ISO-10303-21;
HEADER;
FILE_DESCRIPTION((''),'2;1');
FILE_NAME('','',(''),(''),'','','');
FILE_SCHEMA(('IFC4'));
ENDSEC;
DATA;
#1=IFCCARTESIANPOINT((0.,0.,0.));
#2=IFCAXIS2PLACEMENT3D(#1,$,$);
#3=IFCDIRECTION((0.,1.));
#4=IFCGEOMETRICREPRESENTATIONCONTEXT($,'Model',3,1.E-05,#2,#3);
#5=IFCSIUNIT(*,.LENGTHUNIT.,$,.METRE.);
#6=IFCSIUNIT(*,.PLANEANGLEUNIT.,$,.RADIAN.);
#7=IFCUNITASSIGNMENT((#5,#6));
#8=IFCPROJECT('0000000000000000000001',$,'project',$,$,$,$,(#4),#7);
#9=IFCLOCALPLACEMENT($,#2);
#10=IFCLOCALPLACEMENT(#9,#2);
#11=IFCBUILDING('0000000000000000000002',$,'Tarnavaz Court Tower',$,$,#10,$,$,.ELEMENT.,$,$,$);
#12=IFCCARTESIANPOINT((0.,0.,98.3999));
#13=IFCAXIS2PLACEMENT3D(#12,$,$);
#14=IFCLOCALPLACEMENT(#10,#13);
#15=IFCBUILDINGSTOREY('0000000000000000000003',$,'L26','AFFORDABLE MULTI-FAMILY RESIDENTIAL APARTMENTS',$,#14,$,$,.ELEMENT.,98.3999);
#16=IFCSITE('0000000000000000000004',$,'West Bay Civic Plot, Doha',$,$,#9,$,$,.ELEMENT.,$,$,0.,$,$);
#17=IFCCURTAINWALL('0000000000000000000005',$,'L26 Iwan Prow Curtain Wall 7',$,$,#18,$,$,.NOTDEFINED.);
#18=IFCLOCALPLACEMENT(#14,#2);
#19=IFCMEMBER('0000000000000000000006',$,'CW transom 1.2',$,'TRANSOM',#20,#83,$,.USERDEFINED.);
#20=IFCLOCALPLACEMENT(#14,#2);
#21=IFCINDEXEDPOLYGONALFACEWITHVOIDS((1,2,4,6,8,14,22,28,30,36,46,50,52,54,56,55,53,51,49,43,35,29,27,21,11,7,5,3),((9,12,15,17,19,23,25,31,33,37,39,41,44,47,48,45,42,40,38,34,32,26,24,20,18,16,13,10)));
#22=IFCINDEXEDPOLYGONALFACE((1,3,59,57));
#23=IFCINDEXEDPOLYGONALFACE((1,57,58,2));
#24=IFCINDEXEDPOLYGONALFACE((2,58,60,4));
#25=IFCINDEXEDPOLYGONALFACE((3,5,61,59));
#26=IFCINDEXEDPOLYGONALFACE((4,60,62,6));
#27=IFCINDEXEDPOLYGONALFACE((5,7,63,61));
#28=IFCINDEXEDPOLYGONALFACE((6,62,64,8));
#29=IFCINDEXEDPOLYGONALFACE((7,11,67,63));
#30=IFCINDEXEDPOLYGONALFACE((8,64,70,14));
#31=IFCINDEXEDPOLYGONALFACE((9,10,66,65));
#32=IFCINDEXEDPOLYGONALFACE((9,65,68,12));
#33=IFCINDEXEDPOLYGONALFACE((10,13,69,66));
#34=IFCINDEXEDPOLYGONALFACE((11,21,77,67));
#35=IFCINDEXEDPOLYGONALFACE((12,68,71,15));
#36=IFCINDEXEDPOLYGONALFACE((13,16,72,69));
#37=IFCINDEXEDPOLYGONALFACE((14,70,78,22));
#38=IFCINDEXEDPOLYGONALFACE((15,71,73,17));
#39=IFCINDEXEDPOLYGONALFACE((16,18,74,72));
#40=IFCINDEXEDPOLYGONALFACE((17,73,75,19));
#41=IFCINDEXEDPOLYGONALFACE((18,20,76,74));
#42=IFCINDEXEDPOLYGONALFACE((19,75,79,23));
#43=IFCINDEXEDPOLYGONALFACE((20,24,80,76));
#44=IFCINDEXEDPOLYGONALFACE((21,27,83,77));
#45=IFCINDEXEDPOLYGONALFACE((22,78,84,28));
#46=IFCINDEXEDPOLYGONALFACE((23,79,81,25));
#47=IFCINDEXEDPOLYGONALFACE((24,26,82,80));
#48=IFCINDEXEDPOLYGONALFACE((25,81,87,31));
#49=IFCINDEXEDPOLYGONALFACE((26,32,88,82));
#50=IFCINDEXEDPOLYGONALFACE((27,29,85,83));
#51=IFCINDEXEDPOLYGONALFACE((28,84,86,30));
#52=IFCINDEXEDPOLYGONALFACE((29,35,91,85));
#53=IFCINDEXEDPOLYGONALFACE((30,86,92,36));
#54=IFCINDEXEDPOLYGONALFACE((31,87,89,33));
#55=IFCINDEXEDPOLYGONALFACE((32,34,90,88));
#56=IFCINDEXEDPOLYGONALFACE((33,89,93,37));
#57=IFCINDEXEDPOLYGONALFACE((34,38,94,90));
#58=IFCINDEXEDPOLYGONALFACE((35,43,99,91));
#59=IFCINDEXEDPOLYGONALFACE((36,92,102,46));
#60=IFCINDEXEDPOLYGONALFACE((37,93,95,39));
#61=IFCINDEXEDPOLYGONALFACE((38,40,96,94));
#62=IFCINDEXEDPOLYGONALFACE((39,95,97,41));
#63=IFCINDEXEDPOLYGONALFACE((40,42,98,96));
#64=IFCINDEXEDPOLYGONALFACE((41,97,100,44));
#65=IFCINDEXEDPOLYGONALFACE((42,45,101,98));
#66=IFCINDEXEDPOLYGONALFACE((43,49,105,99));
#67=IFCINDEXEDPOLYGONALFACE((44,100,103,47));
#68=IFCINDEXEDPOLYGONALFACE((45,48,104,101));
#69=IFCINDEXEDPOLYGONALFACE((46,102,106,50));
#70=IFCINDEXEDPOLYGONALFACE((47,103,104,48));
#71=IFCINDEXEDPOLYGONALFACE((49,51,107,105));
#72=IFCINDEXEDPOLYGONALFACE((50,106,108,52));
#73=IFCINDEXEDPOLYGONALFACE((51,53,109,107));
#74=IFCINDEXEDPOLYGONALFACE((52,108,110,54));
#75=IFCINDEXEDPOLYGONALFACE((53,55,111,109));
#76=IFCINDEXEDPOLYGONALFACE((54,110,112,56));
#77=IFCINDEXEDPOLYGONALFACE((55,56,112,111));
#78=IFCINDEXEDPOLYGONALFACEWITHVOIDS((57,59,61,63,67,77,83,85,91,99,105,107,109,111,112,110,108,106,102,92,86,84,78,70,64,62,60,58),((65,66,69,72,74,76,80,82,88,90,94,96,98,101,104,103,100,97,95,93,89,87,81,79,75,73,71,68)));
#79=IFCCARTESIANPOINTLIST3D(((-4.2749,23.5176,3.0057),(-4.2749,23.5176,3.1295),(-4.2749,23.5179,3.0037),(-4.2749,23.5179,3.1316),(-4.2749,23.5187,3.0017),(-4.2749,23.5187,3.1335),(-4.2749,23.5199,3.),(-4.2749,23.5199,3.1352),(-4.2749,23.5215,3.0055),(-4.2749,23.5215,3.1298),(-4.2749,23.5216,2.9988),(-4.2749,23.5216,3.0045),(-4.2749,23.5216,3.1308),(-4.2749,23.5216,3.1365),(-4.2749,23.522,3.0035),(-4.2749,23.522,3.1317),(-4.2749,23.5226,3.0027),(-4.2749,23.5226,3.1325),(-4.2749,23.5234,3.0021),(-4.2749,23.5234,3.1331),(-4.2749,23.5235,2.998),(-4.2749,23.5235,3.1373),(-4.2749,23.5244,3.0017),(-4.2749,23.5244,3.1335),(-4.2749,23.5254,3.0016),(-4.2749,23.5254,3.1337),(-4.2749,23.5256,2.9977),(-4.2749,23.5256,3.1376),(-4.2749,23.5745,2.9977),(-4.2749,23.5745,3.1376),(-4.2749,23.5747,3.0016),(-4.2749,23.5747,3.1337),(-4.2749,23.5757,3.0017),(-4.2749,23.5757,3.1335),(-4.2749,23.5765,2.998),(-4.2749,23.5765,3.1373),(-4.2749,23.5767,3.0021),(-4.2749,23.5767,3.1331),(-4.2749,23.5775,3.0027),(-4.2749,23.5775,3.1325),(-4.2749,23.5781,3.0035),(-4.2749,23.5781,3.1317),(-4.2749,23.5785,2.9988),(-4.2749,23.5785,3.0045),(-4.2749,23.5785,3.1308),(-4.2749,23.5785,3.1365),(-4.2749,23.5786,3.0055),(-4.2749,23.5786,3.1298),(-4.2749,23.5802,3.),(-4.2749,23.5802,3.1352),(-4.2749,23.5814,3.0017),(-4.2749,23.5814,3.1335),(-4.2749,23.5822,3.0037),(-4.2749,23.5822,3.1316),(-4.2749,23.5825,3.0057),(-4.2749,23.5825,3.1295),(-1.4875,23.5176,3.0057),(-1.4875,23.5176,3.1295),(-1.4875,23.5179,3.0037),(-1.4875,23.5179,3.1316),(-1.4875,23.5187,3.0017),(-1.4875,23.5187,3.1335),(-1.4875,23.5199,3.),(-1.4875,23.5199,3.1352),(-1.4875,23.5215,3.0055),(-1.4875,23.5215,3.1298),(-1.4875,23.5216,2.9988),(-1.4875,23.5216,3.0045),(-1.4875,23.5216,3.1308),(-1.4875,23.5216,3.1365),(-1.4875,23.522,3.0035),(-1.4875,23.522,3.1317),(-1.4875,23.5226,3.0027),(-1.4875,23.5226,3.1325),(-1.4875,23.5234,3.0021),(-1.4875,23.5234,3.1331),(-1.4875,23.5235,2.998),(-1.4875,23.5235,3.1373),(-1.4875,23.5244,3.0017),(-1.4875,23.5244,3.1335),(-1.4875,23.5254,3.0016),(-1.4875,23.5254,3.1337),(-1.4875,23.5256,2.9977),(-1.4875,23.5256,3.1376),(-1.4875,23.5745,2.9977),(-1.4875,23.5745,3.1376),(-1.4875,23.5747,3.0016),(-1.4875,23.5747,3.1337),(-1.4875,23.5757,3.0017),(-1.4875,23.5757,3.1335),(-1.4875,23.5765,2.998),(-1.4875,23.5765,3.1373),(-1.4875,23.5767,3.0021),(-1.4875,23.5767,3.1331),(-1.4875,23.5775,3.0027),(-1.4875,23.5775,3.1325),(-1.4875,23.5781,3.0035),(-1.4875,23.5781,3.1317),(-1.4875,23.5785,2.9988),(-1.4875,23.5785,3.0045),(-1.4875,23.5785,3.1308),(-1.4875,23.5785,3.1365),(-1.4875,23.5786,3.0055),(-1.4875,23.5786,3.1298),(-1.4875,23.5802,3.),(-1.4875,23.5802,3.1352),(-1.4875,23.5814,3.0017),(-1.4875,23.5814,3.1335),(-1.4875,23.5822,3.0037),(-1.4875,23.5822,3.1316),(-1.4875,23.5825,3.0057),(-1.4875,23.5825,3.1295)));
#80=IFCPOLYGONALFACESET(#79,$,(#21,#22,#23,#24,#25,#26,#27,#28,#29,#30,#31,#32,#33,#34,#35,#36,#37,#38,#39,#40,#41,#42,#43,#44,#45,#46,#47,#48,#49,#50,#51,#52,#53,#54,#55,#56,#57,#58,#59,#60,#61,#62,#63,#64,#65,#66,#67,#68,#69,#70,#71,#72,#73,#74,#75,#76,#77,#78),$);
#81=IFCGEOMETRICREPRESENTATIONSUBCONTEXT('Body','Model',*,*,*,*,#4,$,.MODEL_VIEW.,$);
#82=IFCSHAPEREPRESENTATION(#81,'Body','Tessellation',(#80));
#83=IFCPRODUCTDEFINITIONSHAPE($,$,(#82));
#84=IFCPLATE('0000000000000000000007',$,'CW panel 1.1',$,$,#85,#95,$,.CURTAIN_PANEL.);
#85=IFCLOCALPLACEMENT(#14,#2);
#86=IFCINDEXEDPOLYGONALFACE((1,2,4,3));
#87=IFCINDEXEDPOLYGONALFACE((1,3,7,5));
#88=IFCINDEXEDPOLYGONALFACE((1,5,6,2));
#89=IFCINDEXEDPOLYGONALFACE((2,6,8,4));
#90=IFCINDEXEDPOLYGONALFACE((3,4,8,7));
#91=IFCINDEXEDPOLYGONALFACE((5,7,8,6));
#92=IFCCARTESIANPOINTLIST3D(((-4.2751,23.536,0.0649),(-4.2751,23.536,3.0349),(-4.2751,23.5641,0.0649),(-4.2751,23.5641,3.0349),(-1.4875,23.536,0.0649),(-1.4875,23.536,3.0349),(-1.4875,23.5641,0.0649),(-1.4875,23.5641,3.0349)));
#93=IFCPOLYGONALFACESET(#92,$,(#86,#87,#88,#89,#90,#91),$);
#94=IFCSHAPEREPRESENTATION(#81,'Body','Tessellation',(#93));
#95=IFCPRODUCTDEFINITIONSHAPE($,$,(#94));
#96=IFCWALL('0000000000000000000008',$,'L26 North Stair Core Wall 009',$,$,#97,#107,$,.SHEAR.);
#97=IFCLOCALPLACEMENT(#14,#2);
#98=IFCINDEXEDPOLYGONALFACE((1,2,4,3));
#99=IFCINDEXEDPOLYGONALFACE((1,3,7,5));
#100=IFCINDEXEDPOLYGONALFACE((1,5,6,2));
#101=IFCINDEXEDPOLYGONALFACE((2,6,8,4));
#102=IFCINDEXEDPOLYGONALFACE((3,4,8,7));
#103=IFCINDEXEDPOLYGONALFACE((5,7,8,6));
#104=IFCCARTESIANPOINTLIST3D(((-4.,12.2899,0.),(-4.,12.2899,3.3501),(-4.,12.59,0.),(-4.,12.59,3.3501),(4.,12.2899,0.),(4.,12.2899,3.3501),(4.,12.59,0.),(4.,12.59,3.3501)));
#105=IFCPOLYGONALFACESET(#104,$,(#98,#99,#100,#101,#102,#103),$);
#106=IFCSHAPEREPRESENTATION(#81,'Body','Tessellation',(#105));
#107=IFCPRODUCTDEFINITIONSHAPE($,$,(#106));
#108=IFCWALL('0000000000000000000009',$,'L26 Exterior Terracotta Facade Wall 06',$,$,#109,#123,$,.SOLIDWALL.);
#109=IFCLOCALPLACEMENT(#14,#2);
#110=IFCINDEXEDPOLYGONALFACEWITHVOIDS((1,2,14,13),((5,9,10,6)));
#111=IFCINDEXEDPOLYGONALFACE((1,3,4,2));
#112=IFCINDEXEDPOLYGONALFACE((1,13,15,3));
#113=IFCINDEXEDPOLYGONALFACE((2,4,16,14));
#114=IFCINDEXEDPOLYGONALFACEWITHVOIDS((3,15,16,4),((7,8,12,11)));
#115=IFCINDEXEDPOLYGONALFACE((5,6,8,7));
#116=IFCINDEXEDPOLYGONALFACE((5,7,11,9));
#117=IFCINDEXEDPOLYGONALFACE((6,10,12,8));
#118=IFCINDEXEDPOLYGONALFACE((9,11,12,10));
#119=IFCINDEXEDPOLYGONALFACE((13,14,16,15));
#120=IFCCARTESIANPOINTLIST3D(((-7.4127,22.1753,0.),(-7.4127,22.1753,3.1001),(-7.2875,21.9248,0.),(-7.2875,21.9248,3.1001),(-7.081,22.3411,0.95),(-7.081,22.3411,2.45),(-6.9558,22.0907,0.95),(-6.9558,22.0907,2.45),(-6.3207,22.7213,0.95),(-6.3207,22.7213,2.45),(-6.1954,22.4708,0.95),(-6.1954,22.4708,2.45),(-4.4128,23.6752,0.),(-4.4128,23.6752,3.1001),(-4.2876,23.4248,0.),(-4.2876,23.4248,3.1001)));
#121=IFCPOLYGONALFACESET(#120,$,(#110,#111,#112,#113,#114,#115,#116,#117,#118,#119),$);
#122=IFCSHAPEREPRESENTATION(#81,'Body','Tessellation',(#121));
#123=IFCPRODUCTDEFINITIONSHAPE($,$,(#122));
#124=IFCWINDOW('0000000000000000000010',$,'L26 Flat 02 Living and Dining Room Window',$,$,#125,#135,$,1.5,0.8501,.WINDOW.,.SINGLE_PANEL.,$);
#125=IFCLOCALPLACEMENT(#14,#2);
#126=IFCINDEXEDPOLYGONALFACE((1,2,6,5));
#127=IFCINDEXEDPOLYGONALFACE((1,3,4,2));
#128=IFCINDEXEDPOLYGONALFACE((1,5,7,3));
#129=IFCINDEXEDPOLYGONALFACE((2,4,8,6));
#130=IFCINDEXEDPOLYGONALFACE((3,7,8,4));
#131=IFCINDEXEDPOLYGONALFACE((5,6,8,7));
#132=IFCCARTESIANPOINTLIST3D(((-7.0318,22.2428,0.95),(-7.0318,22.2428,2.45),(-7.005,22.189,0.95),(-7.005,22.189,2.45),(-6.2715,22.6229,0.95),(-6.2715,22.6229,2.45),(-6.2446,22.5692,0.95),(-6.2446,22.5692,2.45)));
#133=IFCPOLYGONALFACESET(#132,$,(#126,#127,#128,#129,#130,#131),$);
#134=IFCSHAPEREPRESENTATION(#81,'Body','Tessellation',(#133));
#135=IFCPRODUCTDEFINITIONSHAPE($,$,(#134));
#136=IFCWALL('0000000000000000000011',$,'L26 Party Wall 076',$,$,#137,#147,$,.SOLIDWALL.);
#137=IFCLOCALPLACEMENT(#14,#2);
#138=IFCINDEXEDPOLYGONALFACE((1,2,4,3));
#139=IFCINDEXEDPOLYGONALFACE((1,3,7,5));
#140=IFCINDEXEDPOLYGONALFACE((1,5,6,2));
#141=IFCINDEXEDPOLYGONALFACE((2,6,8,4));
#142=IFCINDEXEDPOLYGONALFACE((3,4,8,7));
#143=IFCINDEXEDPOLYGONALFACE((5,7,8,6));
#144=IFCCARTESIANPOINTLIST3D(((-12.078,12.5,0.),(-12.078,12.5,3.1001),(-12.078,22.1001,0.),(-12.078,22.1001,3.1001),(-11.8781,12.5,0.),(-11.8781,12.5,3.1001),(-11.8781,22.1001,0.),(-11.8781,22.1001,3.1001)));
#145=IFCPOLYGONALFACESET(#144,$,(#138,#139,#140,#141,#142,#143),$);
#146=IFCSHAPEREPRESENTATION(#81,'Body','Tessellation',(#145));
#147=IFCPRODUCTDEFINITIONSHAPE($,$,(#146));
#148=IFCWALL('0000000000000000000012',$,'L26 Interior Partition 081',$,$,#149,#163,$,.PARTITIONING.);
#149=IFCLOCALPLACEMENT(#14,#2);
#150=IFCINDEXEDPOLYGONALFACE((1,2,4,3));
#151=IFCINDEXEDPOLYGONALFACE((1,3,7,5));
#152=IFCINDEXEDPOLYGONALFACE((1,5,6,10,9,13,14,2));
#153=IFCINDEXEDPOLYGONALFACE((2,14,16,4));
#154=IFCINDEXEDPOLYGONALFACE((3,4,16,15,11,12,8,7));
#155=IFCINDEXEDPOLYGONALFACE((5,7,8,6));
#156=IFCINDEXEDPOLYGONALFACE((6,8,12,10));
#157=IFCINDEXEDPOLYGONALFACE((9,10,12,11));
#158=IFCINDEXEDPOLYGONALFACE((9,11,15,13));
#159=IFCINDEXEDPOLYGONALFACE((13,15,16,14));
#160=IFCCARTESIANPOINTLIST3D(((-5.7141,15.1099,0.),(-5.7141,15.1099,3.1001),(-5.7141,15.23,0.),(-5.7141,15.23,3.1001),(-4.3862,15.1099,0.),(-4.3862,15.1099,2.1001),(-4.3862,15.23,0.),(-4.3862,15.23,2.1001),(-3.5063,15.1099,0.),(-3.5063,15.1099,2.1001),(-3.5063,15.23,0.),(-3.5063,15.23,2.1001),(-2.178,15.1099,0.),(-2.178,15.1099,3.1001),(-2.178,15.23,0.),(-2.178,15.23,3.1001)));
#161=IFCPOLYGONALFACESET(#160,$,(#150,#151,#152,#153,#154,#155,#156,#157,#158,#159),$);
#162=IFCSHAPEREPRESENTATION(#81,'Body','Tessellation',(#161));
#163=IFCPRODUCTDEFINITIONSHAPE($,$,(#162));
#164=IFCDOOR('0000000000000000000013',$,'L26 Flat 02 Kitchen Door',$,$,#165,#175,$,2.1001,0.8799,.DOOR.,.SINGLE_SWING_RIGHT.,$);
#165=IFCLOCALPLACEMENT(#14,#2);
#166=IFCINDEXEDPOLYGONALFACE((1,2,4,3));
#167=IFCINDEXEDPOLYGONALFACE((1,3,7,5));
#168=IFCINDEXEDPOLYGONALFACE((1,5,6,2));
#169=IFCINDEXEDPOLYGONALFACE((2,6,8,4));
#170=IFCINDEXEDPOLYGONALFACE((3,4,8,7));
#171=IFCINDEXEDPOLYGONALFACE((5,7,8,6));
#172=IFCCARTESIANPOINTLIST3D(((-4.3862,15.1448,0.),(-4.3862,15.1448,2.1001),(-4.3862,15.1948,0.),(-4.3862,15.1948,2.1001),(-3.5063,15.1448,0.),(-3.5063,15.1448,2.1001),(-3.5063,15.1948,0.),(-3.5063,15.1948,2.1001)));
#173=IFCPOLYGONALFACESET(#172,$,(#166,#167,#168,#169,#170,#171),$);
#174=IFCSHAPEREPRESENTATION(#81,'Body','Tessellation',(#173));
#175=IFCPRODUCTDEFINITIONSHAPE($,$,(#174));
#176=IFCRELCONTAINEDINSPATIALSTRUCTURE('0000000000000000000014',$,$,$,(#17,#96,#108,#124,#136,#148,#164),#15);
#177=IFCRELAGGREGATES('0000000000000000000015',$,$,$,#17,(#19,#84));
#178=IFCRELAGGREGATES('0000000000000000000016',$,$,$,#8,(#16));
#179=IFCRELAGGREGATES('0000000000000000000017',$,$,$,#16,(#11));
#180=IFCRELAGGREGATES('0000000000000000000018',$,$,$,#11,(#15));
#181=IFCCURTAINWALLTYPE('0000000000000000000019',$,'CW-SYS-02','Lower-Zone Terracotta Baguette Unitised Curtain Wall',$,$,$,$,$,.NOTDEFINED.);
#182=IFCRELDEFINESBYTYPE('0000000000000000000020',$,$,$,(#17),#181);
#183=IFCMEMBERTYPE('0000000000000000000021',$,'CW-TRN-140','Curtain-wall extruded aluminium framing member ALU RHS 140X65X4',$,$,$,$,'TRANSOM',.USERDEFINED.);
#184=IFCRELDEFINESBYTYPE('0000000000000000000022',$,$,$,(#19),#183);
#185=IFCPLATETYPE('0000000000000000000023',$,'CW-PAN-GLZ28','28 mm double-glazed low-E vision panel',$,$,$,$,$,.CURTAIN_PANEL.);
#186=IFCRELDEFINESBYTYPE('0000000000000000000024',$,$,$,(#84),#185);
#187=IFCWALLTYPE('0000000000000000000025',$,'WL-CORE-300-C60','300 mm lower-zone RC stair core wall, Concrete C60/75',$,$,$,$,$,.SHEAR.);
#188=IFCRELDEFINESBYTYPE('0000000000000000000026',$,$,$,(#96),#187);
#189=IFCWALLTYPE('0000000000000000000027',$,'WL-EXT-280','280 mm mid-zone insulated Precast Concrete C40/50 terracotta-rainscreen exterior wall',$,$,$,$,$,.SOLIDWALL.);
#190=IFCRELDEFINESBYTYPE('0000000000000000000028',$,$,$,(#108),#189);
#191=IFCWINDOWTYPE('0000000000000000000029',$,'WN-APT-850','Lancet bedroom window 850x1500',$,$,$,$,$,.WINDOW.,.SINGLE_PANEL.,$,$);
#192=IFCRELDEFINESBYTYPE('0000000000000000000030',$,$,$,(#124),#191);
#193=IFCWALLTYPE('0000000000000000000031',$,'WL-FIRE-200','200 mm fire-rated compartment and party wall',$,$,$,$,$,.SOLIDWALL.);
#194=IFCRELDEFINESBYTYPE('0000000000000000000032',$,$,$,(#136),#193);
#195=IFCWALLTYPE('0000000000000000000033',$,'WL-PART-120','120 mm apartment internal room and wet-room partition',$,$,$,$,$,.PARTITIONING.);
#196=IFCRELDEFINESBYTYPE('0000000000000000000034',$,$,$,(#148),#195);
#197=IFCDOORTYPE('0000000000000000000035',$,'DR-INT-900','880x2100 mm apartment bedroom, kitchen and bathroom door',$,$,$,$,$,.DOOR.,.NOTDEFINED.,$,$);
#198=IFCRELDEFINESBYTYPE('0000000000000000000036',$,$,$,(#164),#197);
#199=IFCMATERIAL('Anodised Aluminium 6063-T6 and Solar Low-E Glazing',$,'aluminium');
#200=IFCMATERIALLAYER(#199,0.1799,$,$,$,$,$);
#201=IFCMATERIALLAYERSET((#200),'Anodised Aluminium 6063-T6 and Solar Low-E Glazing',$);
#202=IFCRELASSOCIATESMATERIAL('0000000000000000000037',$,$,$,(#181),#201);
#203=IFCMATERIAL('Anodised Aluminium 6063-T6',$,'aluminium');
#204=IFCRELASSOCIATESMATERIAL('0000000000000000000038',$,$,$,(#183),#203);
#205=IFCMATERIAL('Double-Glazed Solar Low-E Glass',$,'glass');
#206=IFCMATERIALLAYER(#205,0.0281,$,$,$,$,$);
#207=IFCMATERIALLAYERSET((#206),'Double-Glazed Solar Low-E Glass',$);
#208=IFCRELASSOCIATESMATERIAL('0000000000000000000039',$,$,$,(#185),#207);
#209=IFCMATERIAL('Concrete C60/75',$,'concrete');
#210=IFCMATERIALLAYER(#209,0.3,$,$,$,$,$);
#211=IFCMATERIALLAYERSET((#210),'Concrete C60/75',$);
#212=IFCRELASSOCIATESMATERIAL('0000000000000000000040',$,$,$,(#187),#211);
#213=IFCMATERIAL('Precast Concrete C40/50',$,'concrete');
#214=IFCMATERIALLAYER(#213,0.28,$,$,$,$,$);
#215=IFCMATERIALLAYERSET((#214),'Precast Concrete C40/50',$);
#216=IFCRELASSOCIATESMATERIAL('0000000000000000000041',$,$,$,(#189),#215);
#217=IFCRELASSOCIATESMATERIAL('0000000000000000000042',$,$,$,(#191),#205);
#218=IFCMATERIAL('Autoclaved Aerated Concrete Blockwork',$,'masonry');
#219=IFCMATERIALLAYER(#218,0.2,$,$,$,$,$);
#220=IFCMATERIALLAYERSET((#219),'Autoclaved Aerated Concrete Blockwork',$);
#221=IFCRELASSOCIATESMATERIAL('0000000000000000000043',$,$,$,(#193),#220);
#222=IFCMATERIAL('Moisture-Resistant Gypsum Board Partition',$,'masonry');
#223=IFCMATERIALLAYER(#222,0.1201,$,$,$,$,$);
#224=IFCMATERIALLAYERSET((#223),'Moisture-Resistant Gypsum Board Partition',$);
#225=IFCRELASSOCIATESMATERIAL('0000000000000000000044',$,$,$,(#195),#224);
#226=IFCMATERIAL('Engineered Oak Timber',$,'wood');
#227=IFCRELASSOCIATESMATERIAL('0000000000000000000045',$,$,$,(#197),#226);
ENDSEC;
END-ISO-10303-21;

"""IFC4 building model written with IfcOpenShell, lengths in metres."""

from ifc_helpers import new_model, si_unit, direction, frame, frame_2d, origin, origin_2d, place, context, subcontext, project, spatial, rectangle, hollow_rectangle, extrude, material, layer, layer_set, material_profile, profile_set, type_object, element, fill, aggregate, save


model = new_model("IFC4")

# Units and contexts
model_context = context("Model", 3, precision=1e-05, world=origin(), true_north=direction((0.0, 1.0)))
body_context = subcontext(model_context, "Body", "Model", "MODEL_VIEW")
ifc_project = project(units=[si_unit("LENGTHUNIT", "METRE"), si_unit("PLANEANGLEUNIT", "RADIAN")], contexts=[model_context])

# Site, building, storey
site_placement = place(None, origin())
site = spatial("IfcSite", under=ifc_project, at=site_placement, Name="West Bay Civic Plot, Doha", CompositionType="ELEMENT", RefElevation=0.0)
building_placement = place(site_placement, origin())
building = spatial("IfcBuilding", under=site, at=building_placement, Name="Tarnavaz Court Tower", CompositionType="ELEMENT")
storey_placement = place(building_placement, frame((0.0, 0.0, 98.3999)))
storey = spatial("IfcBuildingStorey", under=building, at=storey_placement, Name="L26", Description="AFFORDABLE MULTI-FAMILY RESIDENTIAL APARTMENTS", CompositionType="ELEMENT", Elevation=98.3999)

# Shared definitions
ifc_material_1 = material(Name="Concrete C60/75", Category="concrete")

# Curtain wall, member, plate
ifc_material_2 = material(Name="Anodised Aluminium 6063-T6 and Solar Low-E Glazing", Category="aluminium")
ifc_layer_1 = layer(ifc_material_2, 0.1799)
ifc_layer_set_1 = layer_set([ifc_layer_1], Name="Anodised Aluminium 6063-T6 and Solar Low-E Glazing")
curtain_wall_type = type_object("IfcCurtainWallType", Name="CW-SYS-02", Description="Lower-Zone Terracotta Baguette Unitised Curtain Wall", PredefinedType="NOTDEFINED", material=ifc_layer_set_1)
curtain_wall_placement = place(storey_placement, origin())
curtain_wall = element("IfcCurtainWall", 1, at=curtain_wall_placement, inside=storey, type_object=curtain_wall_type, Name="L26 Iwan Prow Curtain Wall 7", PredefinedType="NOTDEFINED")
ifc_material_3 = material(Name="Anodised Aluminium 6063-T6", Category="aluminium")
ifc_material_profile_1 = material_profile(ifc_material_3, hollow_rectangle(XDim=0.0649, YDim=0.1399, WallThickness=0.0039, InnerFilletRadius=0.0039, OuterFilletRadius=0.0081, at=origin_2d()), Name="ALU RHS 140X65X4")
ifc_profile_set_1 = profile_set([ifc_material_profile_1], Name="Anodised Aluminium 6063-T6")
member_type_1 = type_object("IfcMemberType", Name="CW-TRN-140", Description="Curtain-wall extruded aluminium framing member ALU RHS 140X65X4", ElementType="TRANSOM", PredefinedType="USERDEFINED", material=ifc_profile_set_1)
member_1_placement = place(storey_placement, frame((-4.2749, 23.55, 3.0676), z_axis=(1.0, 0.0, 0.0), x_axis=(0.0, 1.0, 0.0)))
member_1 = element("IfcMember", 2, at=member_1_placement, type_object=member_type_1, Name="CW transom 1.2", ObjectType="TRANSOM", PredefinedType="USERDEFINED", context=body_context, shape_type="SweptSolid", body=[
    extrude(hollow_rectangle(XDim=0.0649, YDim=0.1399, WallThickness=0.0039, InnerFilletRadius=0.0039, OuterFilletRadius=0.0081, at=origin_2d()), origin(), (0.0, 0.0, 1.0), 2.7874),
])
ifc_material_4 = material(Name="Double-Glazed Solar Low-E Glass", Category="glass")
ifc_layer_2 = layer(ifc_material_4, 0.0281)
ifc_layer_set_2 = layer_set([ifc_layer_2], Name="Double-Glazed Solar Low-E Glass")
plate_type = type_object("IfcPlateType", Name="CW-PAN-GLZ28", Description="28 mm double-glazed low-E vision panel", PredefinedType="CURTAIN_PANEL", material=ifc_layer_set_2)
plate_placement = place(storey_placement, frame((-2.8813, 23.55, 0.0649), z_axis=(0.0, 0.0, 1.0), x_axis=(1.0, 0.0, 0.0)))
plate = element("IfcPlate", 3, at=plate_placement, type_object=plate_type, Name="CW panel 1.1", PredefinedType="CURTAIN_PANEL", context=body_context, shape_type="SweptSolid", body=[
    extrude(rectangle(XDim=2.7876, YDim=0.0281, at=origin_2d()), origin(), (0.0, 0.0, 1.0), 2.97),
])
aggregate(curtain_wall, [member_1, plate])

# Wall
ifc_layer_3 = layer(ifc_material_1, 0.3)
ifc_layer_set_3 = layer_set([ifc_layer_3], Name="Concrete C60/75")
wall_type_1 = type_object("IfcWallType", Name="WL-CORE-300-C60", Description="300 mm lower-zone RC stair core wall, Concrete C60/75", PredefinedType="SHEAR", material=ifc_layer_set_3)
wall_1_placement = place(storey_placement, frame((-4.0, 12.4399, 0.0), z_axis=(0.0, 0.0, 1.0), x_axis=(1.0, 0.0, 0.0)))
element("IfcWall", 4, at=wall_1_placement, inside=storey, type_object=wall_type_1, Name="L26 North Stair Core Wall 009", PredefinedType="SHEAR", context=body_context, shape_type="SweptSolid", body=[
    extrude(rectangle(XDim=8.0, YDim=0.3, at=frame_2d((4.0, 0.0))), origin(), (0.0, 0.0, 1.0), 3.3501),
])

# Wall, opening, window
ifc_material_5 = material(Name="Precast Concrete C40/50", Category="concrete")
ifc_layer_4 = layer(ifc_material_5, 0.28)
ifc_layer_set_4 = layer_set([ifc_layer_4], Name="Precast Concrete C40/50")
wall_type_2 = type_object("IfcWallType", Name="WL-EXT-280", Description="280 mm mid-zone insulated Precast Concrete C40/50 terracotta-rainscreen exterior wall", PredefinedType="SOLIDWALL", material=ifc_layer_set_4)
wall_2_placement = place(storey_placement, frame((-7.3501, 22.05, 0.0), z_axis=(0.0, 0.0, 1.0), x_axis=(0.894427, 0.447214, 0.0)))
wall_2 = element("IfcWall", 5, at=wall_2_placement, inside=storey, type_object=wall_type_2, Name="L26 Exterior Terracotta Facade Wall 06", PredefinedType="SOLIDWALL", context=body_context, shape_type="SweptSolid", body=[
    extrude(rectangle(XDim=3.354, YDim=0.28, at=frame_2d((1.677, 0.0))), origin(), (0.0, 0.0, 1.0), 3.1001),
])
opening_1_placement = place(wall_2_placement, frame((0.3708, 0.0, 0.95)))
opening_1 = element("IfcOpeningElement", 6, at=opening_1_placement, cuts=wall_2, PredefinedType="OPENING", context=body_context, shape_type="SweptSolid", body=[
    extrude(rectangle(XDim=0.8501, YDim=1.5, at=frame_2d((0.425, 0.75))), frame((0.0, 0.1499, 0.0), z_axis=(0.0, -1.0, 0.0), x_axis=(1.0, 0.0, 0.0)), (0.0, 0.0, 1.0), 0.3),
])
window_type = type_object("IfcWindowType", Name="WN-APT-850", Description="Lancet bedroom window 850x1500", PartitioningType="SINGLE_PANEL", PredefinedType="WINDOW", material=ifc_material_4)
window_placement = place(opening_1_placement, origin())
window = element("IfcWindow", 7, at=window_placement, inside=storey, type_object=window_type, Name="L26 Flat 02 Living and Dining Room Window", OverallHeight=1.5, OverallWidth=0.8501, PartitioningType="SINGLE_PANEL", PredefinedType="WINDOW", context=body_context, shape_type="SweptSolid", body=[
    extrude(rectangle(XDim=0.8501, YDim=1.5, at=frame_2d((0.425, 0.75))), frame((0.0, 0.03, 0.0), z_axis=(0.0, -1.0, 0.0), x_axis=(1.0, 0.0, 0.0)), (0.0, 0.0, 1.0), 0.0601),
])
fill(opening_1, window)

# Wall
ifc_material_6 = material(Name="Autoclaved Aerated Concrete Blockwork", Category="masonry")
ifc_layer_5 = layer(ifc_material_6, 0.2)
ifc_layer_set_5 = layer_set([ifc_layer_5], Name="Autoclaved Aerated Concrete Blockwork")
wall_type_3 = type_object("IfcWallType", Name="WL-FIRE-200", Description="200 mm fire-rated compartment and party wall", PredefinedType="SOLIDWALL", material=ifc_layer_set_5)
wall_3_placement = place(storey_placement, frame((-11.978, 12.5, 0.0), z_axis=(0.0, 0.0, 1.0), x_axis=(0.0, 1.0, 0.0)))
element("IfcWall", 8, at=wall_3_placement, inside=storey, type_object=wall_type_3, Name="L26 Party Wall 076", PredefinedType="SOLIDWALL", context=body_context, shape_type="SweptSolid", body=[
    extrude(rectangle(XDim=9.6001, YDim=0.2, at=frame_2d((4.8, 0.0))), origin(), (0.0, 0.0, 1.0), 3.1001),
])

# Wall, opening, door
ifc_material_7 = material(Name="Moisture-Resistant Gypsum Board Partition", Category="masonry")
ifc_layer_6 = layer(ifc_material_7, 0.1201)
ifc_layer_set_6 = layer_set([ifc_layer_6], Name="Moisture-Resistant Gypsum Board Partition")
wall_type_4 = type_object("IfcWallType", Name="WL-PART-120", Description="120 mm apartment internal room and wet-room partition", PredefinedType="PARTITIONING", material=ifc_layer_set_6)
wall_4_placement = place(storey_placement, frame((-5.7141, 15.1699, 0.0), z_axis=(0.0, 0.0, 1.0), x_axis=(1.0, 0.0, 0.0)))
wall_4 = element("IfcWall", 9, at=wall_4_placement, inside=storey, type_object=wall_type_4, Name="L26 Interior Partition 081", PredefinedType="PARTITIONING", context=body_context, shape_type="SweptSolid", body=[
    extrude(rectangle(XDim=3.5361, YDim=0.1201, at=frame_2d((1.7681, 0.0))), origin(), (0.0, 0.0, 1.0), 3.1001),
])
opening_2_placement = place(wall_4_placement, frame((1.3279, 0.0, 0.0)))
opening_2 = element("IfcOpeningElement", 10, at=opening_2_placement, cuts=wall_4, PredefinedType="OPENING", context=body_context, shape_type="SweptSolid", body=[
    extrude(rectangle(XDim=0.8799, YDim=2.1001, at=frame_2d((0.4399, 1.05))), frame((0.0, 0.0701, 0.0), z_axis=(0.0, -1.0, 0.0), x_axis=(1.0, 0.0, 0.0)), (0.0, 0.0, 1.0), 0.1401),
])
ifc_material_8 = material(Name="Engineered Oak Timber", Category="wood")
door_type = type_object("IfcDoorType", Name="DR-INT-900", Description="880x2100 mm apartment bedroom, kitchen and bathroom door", OperationType="NOTDEFINED", PredefinedType="DOOR", material=ifc_material_8)
door_1_placement = place(opening_2_placement, origin())
door_1 = element("IfcDoor", 11, at=door_1_placement, inside=storey, type_object=door_type, Name="L26 Flat 02 Kitchen Door", OperationType="SINGLE_SWING_RIGHT", OverallHeight=2.1001, OverallWidth=0.8799, PredefinedType="DOOR", context=body_context, shape_type="SweptSolid", body=[
    extrude(rectangle(XDim=0.8799, YDim=2.1001, at=frame_2d((0.4399, 1.05))), frame((0.0, 0.0249, 0.0), z_axis=(0.0, -1.0, 0.0), x_axis=(1.0, 0.0, 0.0)), (0.0, 0.0, 1.0), 0.05),
])
fill(opening_2, door_1)

save(model, "model.ifc")
